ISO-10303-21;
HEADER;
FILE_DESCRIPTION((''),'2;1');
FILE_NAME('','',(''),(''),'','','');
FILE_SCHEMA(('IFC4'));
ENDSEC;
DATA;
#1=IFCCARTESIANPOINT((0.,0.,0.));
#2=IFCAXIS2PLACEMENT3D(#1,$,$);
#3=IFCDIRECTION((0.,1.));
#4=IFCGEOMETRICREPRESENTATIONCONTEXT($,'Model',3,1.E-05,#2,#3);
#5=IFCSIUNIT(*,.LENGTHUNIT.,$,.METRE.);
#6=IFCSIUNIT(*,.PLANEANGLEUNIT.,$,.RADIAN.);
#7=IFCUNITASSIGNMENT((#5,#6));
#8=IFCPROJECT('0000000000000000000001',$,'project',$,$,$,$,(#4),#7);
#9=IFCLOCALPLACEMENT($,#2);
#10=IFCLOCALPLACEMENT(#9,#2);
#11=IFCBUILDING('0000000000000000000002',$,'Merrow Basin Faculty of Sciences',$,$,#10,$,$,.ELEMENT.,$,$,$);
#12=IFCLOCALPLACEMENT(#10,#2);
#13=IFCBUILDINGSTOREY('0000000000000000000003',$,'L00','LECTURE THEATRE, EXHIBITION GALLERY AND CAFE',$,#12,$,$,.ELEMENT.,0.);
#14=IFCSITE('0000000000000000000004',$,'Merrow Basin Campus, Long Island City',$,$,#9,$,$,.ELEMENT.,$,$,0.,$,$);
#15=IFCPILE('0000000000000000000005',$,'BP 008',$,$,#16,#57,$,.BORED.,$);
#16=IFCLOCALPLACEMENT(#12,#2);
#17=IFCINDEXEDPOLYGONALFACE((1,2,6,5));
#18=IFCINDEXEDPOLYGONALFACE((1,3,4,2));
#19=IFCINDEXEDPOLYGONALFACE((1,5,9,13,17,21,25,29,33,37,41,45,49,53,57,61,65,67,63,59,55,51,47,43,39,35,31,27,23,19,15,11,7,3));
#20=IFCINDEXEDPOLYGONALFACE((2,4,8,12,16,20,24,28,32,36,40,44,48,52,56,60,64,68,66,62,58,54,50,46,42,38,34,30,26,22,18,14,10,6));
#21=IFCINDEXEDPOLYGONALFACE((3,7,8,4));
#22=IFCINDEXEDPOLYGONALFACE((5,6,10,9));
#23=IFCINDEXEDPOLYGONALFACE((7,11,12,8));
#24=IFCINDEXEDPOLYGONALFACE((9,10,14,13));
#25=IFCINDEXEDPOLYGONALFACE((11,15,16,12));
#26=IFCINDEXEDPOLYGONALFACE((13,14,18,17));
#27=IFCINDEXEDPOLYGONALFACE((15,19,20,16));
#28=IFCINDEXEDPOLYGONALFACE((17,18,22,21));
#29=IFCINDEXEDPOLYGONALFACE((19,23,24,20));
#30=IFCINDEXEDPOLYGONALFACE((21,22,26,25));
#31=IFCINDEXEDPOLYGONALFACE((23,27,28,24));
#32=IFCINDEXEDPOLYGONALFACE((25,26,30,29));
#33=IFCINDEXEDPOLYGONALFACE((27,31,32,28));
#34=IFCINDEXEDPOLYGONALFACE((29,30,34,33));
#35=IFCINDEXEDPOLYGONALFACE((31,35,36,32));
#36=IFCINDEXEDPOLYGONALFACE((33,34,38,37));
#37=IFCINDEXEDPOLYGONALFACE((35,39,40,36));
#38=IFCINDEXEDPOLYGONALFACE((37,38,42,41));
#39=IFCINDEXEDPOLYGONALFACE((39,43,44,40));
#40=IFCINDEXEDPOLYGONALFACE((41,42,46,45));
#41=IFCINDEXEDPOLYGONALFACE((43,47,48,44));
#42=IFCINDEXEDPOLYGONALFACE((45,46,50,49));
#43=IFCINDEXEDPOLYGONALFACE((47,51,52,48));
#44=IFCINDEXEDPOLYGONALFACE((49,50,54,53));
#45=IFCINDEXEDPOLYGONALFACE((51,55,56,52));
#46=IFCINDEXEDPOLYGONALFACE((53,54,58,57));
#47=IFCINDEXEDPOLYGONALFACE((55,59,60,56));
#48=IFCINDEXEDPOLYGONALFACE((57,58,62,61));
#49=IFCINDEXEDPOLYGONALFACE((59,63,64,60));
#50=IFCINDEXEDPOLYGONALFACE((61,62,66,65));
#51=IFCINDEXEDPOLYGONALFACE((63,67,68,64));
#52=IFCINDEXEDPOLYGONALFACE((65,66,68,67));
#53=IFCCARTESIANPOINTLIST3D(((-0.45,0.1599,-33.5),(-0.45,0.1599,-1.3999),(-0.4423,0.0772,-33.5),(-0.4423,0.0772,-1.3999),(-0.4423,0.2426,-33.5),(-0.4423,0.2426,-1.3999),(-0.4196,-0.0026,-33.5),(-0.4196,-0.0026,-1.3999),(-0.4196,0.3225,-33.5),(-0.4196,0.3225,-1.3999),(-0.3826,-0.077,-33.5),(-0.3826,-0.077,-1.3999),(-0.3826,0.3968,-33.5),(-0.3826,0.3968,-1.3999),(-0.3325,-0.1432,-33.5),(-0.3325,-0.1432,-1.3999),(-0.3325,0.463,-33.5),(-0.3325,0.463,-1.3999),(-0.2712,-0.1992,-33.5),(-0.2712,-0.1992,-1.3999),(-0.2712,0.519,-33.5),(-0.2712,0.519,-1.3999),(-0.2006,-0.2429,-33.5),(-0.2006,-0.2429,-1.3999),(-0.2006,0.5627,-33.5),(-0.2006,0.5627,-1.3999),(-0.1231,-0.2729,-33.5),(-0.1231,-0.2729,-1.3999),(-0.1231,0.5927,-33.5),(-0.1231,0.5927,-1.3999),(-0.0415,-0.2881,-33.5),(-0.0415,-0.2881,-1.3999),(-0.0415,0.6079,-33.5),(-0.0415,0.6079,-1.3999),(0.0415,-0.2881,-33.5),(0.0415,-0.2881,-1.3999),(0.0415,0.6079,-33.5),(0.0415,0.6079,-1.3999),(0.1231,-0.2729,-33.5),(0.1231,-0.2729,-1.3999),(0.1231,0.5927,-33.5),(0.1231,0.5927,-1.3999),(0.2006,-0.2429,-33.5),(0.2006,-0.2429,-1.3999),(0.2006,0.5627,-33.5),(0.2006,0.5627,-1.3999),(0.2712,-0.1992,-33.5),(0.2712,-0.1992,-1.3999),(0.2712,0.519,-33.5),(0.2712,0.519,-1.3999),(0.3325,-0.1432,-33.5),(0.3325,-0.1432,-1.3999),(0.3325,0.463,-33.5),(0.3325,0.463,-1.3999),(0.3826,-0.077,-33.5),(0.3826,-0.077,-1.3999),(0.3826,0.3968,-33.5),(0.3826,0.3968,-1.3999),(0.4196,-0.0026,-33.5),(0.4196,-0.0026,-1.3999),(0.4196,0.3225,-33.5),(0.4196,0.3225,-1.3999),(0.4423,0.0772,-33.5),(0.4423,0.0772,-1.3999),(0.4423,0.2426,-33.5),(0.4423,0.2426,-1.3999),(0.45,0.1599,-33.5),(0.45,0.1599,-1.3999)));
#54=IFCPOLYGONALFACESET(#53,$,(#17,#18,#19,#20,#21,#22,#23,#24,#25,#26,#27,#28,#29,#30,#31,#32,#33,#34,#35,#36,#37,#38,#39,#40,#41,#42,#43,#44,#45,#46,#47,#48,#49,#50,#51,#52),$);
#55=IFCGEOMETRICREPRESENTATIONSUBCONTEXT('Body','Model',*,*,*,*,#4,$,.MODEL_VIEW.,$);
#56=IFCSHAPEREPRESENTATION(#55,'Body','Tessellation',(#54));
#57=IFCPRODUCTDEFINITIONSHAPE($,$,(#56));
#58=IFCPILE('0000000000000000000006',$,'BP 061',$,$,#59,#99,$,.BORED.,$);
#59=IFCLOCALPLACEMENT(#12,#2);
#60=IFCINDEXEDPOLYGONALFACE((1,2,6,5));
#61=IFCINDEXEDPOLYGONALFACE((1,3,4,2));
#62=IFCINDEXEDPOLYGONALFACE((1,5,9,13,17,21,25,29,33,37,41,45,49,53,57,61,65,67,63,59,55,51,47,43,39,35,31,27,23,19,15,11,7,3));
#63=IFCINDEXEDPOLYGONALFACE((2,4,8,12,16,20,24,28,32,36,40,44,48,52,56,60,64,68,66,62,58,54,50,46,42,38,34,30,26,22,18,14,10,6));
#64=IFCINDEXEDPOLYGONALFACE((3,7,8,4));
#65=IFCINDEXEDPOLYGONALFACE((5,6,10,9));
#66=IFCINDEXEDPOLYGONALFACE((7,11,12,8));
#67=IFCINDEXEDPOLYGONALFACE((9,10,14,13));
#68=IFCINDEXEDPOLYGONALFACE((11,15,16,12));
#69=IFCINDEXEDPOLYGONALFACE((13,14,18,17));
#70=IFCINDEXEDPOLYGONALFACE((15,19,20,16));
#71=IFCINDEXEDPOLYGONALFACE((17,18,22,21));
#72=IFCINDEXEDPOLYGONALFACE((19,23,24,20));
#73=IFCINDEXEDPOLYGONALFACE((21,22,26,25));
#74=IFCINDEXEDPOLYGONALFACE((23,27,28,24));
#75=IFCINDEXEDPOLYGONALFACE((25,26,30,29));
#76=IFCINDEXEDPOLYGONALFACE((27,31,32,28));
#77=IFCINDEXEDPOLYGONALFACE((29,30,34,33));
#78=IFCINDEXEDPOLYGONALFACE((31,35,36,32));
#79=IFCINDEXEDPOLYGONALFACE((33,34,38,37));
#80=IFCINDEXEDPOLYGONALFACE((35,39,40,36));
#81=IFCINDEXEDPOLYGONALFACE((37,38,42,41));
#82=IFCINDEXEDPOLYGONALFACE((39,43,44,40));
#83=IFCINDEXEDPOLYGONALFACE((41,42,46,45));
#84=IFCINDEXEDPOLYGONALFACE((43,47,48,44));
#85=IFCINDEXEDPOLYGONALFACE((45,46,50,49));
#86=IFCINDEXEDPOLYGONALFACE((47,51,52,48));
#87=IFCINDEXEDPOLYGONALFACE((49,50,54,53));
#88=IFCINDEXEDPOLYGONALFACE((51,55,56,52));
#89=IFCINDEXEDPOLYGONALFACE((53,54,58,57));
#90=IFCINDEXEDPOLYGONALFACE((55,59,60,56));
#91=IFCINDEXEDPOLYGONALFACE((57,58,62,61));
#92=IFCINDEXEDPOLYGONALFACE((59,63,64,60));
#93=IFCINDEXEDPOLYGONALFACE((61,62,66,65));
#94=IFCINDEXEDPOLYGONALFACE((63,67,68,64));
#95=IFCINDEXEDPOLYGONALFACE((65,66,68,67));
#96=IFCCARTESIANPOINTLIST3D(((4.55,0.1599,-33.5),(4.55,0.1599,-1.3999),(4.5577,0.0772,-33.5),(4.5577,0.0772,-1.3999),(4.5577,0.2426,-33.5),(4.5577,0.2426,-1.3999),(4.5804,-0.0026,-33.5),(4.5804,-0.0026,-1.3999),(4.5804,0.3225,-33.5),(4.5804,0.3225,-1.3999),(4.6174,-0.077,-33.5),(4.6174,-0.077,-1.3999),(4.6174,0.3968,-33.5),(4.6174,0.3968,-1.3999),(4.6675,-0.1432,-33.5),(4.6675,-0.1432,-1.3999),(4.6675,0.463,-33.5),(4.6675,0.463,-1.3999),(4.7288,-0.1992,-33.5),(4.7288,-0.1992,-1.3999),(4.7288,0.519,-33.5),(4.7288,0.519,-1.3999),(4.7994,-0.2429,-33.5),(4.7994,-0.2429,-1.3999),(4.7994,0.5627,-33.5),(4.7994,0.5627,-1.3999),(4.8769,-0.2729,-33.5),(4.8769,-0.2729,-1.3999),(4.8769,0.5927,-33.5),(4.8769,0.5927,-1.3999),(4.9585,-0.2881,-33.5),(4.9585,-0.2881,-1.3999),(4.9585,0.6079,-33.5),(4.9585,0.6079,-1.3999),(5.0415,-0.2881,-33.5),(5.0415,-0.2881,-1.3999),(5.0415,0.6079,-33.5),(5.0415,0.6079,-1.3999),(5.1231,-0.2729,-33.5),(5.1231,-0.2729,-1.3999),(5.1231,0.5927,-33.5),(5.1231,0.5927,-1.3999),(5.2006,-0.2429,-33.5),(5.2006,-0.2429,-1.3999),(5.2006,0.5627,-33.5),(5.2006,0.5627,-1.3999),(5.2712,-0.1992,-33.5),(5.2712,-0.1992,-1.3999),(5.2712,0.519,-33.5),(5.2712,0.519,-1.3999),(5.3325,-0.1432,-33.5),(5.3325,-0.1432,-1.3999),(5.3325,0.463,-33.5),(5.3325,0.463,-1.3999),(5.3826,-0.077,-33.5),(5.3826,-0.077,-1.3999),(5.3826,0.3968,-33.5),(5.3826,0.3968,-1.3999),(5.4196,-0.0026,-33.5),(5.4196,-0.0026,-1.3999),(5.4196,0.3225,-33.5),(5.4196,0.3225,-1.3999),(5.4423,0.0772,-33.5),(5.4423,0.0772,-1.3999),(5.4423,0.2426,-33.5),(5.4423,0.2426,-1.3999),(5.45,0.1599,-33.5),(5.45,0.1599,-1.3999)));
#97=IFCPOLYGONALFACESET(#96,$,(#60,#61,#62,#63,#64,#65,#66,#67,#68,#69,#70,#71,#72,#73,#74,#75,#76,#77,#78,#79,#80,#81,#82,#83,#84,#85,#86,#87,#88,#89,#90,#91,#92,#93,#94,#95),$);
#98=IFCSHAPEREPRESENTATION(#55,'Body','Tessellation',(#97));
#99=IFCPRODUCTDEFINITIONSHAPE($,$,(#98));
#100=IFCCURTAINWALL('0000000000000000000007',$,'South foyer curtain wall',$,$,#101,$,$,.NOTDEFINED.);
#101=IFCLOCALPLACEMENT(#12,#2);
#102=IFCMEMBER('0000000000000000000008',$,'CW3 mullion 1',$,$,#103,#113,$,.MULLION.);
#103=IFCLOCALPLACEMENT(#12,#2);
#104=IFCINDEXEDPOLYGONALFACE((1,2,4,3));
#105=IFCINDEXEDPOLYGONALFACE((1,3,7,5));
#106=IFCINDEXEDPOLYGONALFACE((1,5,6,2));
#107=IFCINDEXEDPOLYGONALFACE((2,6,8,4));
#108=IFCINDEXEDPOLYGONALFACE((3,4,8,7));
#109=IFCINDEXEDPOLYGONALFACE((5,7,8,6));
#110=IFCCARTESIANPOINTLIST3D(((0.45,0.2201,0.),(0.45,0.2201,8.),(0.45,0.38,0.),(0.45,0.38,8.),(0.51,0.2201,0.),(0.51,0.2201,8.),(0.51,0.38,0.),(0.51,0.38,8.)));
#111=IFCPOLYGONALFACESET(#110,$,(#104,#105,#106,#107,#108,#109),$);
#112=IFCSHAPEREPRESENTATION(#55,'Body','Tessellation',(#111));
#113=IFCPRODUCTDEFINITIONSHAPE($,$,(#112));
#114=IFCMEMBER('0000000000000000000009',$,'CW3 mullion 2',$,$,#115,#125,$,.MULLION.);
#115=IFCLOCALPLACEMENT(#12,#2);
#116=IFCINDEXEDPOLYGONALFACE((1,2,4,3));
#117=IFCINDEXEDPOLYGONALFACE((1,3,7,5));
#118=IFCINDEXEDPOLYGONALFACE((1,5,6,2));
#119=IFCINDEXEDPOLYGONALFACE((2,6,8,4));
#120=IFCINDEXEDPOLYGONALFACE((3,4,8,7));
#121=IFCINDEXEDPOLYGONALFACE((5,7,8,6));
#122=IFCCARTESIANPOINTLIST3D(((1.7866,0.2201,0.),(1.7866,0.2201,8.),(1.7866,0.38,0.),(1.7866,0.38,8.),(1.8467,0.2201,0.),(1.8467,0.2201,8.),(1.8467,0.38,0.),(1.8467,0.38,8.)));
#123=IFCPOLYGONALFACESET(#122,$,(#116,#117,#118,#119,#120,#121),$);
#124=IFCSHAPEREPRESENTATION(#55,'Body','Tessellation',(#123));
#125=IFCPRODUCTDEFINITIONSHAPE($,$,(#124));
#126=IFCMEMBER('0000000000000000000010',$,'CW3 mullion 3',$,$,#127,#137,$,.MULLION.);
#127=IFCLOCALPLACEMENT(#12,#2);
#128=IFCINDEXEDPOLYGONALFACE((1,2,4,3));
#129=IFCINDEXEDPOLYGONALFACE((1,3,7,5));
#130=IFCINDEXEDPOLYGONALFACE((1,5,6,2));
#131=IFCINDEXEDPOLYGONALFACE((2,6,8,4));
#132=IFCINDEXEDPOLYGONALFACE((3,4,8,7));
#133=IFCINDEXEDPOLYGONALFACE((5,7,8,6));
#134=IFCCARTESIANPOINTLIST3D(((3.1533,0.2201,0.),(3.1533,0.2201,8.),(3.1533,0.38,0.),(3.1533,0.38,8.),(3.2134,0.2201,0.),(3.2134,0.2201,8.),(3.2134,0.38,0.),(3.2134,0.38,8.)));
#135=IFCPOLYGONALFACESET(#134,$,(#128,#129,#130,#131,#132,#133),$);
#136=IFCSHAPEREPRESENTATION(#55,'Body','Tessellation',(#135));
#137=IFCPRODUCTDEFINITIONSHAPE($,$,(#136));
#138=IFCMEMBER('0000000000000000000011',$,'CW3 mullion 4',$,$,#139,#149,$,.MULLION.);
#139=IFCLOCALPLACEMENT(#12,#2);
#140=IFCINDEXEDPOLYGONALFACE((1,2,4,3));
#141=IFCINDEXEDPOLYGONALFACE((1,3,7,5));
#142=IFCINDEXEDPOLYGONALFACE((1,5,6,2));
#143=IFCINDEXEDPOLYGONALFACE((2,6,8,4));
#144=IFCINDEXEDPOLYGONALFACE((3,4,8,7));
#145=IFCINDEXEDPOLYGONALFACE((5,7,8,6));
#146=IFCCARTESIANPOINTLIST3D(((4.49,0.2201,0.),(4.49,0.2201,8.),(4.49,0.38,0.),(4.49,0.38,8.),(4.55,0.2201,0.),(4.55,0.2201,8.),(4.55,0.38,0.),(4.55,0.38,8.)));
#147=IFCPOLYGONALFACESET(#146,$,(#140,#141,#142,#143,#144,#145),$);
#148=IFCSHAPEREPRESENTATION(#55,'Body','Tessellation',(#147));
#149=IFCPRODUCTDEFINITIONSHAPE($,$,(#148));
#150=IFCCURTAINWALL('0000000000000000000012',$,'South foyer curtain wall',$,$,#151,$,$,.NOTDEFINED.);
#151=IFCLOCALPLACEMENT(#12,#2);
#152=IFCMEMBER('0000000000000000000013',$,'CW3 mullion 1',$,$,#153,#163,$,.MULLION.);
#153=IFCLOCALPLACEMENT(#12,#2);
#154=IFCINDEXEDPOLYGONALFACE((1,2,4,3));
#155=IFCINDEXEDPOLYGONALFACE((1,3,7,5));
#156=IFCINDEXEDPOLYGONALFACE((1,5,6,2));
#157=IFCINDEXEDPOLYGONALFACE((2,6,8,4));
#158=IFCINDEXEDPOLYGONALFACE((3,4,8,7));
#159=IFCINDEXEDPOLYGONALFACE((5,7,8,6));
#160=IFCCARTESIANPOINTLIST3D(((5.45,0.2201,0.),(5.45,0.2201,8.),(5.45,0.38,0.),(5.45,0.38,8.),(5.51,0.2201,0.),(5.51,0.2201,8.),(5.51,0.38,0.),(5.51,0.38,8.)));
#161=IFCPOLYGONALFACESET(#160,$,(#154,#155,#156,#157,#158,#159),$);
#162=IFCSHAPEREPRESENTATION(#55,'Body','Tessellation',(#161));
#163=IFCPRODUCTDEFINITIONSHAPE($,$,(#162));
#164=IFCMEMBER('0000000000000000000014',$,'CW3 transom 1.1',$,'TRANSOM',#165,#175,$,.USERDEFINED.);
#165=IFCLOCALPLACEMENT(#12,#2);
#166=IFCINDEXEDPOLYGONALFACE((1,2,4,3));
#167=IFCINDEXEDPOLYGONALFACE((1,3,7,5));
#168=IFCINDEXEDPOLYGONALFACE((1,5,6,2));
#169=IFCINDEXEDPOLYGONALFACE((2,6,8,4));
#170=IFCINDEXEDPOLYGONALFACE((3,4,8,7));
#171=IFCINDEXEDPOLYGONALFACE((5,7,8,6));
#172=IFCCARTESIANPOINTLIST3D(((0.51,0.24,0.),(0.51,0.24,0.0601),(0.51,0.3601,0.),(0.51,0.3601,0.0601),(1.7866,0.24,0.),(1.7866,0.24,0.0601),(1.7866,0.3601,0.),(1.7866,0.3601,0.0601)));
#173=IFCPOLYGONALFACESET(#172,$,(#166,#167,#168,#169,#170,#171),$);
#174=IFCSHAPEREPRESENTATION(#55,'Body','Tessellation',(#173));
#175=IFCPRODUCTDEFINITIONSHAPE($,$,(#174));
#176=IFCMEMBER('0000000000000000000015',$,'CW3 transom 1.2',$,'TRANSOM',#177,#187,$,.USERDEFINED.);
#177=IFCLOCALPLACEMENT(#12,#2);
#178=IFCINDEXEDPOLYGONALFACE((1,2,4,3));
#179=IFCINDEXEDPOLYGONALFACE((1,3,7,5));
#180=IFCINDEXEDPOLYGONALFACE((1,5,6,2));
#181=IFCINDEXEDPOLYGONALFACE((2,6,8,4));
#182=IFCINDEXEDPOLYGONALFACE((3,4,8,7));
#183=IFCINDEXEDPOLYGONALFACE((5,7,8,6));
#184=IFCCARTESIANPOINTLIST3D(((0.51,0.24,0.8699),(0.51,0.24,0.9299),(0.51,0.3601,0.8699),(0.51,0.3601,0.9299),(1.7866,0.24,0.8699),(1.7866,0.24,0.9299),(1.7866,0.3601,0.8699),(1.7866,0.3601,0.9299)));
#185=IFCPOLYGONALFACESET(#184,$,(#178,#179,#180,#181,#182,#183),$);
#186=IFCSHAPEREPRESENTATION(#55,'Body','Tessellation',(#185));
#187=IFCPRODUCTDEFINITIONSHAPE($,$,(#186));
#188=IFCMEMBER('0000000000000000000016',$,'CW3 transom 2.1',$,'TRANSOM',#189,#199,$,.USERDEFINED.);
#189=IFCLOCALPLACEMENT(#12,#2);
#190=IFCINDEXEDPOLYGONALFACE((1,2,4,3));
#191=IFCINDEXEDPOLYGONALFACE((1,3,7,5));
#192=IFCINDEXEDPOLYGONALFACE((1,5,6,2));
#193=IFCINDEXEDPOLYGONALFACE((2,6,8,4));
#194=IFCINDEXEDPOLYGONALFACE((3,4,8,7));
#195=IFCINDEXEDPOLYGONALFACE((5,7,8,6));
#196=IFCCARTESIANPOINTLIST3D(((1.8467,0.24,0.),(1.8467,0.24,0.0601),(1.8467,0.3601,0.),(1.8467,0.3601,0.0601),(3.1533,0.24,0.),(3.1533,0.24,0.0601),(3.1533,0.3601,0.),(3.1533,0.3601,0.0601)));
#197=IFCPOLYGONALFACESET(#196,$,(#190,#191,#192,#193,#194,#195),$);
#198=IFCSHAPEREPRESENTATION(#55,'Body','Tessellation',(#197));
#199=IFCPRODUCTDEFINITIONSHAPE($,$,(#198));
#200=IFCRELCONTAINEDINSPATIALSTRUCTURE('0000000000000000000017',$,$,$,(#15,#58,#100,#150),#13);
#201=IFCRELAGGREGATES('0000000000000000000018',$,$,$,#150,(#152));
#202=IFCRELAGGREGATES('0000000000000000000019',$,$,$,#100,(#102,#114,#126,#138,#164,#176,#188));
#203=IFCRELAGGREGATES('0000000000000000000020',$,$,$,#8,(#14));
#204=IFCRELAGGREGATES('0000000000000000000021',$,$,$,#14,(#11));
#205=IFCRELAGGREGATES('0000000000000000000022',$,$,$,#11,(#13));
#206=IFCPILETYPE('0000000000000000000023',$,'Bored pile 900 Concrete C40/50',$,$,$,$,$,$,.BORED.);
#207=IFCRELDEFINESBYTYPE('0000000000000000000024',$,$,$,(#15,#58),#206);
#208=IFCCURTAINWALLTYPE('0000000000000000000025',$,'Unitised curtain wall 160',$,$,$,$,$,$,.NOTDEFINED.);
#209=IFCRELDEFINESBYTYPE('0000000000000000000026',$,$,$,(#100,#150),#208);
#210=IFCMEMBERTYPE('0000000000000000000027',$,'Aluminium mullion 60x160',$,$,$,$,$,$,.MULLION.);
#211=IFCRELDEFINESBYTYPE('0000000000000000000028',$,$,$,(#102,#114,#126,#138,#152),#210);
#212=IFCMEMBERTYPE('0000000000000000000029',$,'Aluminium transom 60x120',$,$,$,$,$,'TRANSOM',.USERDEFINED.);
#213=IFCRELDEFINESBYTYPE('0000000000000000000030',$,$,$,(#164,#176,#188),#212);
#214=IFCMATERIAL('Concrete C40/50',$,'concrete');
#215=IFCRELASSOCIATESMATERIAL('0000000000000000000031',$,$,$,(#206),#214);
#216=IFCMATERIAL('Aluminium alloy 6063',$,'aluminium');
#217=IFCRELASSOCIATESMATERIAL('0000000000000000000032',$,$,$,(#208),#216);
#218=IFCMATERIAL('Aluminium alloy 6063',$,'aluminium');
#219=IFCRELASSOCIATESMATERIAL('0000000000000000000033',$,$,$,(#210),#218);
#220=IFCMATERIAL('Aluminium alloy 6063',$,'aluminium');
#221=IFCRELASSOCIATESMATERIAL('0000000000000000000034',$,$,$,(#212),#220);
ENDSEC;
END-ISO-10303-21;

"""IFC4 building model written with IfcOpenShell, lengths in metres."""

from ifc_helpers import new_model, si_unit, direction, frame, origin, origin_2d, place, context, subcontext, project, spatial, rectangle, circle, extrude, material, material_profile, profile_set, type_object, element, aggregate, save


model = new_model("IFC4")

# Units and contexts
model_context = context("Model", 3, precision=1e-05, world=origin(), true_north=direction((0.0, 1.0)))
body_context = subcontext(model_context, "Body", "Model", "MODEL_VIEW")
ifc_project = project(units=[si_unit("LENGTHUNIT", "METRE"), si_unit("PLANEANGLEUNIT", "RADIAN")], contexts=[model_context])

# Site, building, storey
site_placement = place(None, origin())
site = spatial("IfcSite", under=ifc_project, at=site_placement, Name="Merrow Basin Campus, Long Island City", CompositionType="ELEMENT", RefElevation=0.0)
building_placement = place(site_placement, origin())
building = spatial("IfcBuilding", under=site, at=building_placement, Name="Merrow Basin Faculty of Sciences", CompositionType="ELEMENT")
storey_placement = place(building_placement, origin())
storey = spatial("IfcBuildingStorey", under=building, at=storey_placement, Name="L00", Description="LECTURE THEATRE, EXHIBITION GALLERY AND CAFE", CompositionType="ELEMENT", Elevation=0.0)

# Piles
ifc_material_1 = material(Name="Concrete C40/50", Category="concrete")
ifc_material_profile_1 = material_profile(ifc_material_1, circle(Radius=0.45, at=origin_2d()))
ifc_profile_set_1 = profile_set([ifc_material_profile_1], Name="Concrete C40/50")
pile_type = type_object("IfcPileType", Name="Bored pile 900 Concrete C40/50", PredefinedType="BORED", material=ifc_profile_set_1)
for number, where, z_axis, x_axis, name in (
    (1, (0.0, 0.1599, -1.3999), (0.0, 0.0, -1.0), (1.0, 0.0, 0.0), "BP 008"),
    (2, (5.0, 0.1599, -1.3999), (0.0, 0.0, -1.0), (1.0, 0.0, 0.0), "BP 061"),
):
    element("IfcPile", number, at=place(storey_placement, frame(where, z_axis=z_axis, x_axis=x_axis)), inside=storey, type_object=pile_type, Name=name, PredefinedType="BORED", context=body_context, shape_type="SweptSolid", body=[
        extrude(circle(Radius=0.45, at=origin_2d()), origin(), (0.0, 0.0, 1.0), 32.1001),
    ])

# Curtain wall, members
ifc_material_2 = material(Name="Aluminium alloy 6063", Category="aluminium")
curtain_wall_type = type_object("IfcCurtainWallType", Name="Unitised curtain wall 160", PredefinedType="NOTDEFINED", material=ifc_material_2)
curtain_wall_1_placement = place(storey_placement, origin())
curtain_wall_1 = element("IfcCurtainWall", 3, at=curtain_wall_1_placement, inside=storey, type_object=curtain_wall_type, Name="South foyer curtain wall", PredefinedType="NOTDEFINED")
ifc_material_3 = material(Name="Aluminium alloy 6063", Category="aluminium")
ifc_material_profile_2 = material_profile(ifc_material_3, rectangle(XDim=0.1599, YDim=0.0601, at=origin_2d()))
ifc_profile_set_2 = profile_set([ifc_material_profile_2], Name="Aluminium alloy 6063")
member_type_1 = type_object("IfcMemberType", Name="Aluminium mullion 60x160", PredefinedType="MULLION", material=ifc_profile_set_2)
member_1_placement = place(storey_placement, frame((0.48, 0.3, 0.0), z_axis=(0.0, 0.0, 1.0), x_axis=(0.0, 1.0, 0.0)))
member_1 = element("IfcMember", 4, at=member_1_placement, type_object=member_type_1, Name="CW3 mullion 1", PredefinedType="MULLION", context=body_context, shape_type="SweptSolid", body=[
    extrude(rectangle(XDim=0.1599, YDim=0.0601, at=origin_2d()), origin(), (0.0, 0.0, 1.0), 8.0),
])
member_2_placement = place(storey_placement, frame((1.8167, 0.3, 0.0), z_axis=(0.0, 0.0, 1.0), x_axis=(0.0, 1.0, 0.0)))
member_2 = element("IfcMember", 5, at=member_2_placement, type_object=member_type_1, Name="CW3 mullion 2", PredefinedType="MULLION", context=body_context, shape_type="SweptSolid", body=[
    extrude(rectangle(XDim=0.1599, YDim=0.0601, at=origin_2d()), origin(), (0.0, 0.0, 1.0), 8.0),
])
member_3_placement = place(storey_placement, frame((3.1833, 0.3, 0.0), z_axis=(0.0, 0.0, 1.0), x_axis=(0.0, 1.0, 0.0)))
member_3 = element("IfcMember", 6, at=member_3_placement, type_object=member_type_1, Name="CW3 mullion 3", PredefinedType="MULLION", context=body_context, shape_type="SweptSolid", body=[
    extrude(rectangle(XDim=0.1599, YDim=0.0601, at=origin_2d()), origin(), (0.0, 0.0, 1.0), 8.0),
])
member_4_placement = place(storey_placement, frame((4.52, 0.3, 0.0), z_axis=(0.0, 0.0, 1.0), x_axis=(0.0, 1.0, 0.0)))
member_4 = element("IfcMember", 7, at=member_4_placement, type_object=member_type_1, Name="CW3 mullion 4", PredefinedType="MULLION", context=body_context, shape_type="SweptSolid", body=[
    extrude(rectangle(XDim=0.1599, YDim=0.0601, at=origin_2d()), origin(), (0.0, 0.0, 1.0), 8.0),
])

# Curtain wall, member
curtain_wall_2_placement = place(storey_placement, origin())
curtain_wall_2 = element("IfcCurtainWall", 8, at=curtain_wall_2_placement, inside=storey, type_object=curtain_wall_type, Name="South foyer curtain wall", PredefinedType="NOTDEFINED")
member_5_placement = place(storey_placement, frame((5.48, 0.3, 0.0), z_axis=(0.0, 0.0, 1.0), x_axis=(0.0, 1.0, 0.0)))
member_5 = element("IfcMember", 9, at=member_5_placement, type_object=member_type_1, Name="CW3 mullion 1", PredefinedType="MULLION", context=body_context, shape_type="SweptSolid", body=[
    extrude(rectangle(XDim=0.1599, YDim=0.0601, at=origin_2d()), origin(), (0.0, 0.0, 1.0), 8.0),
])

# Members
ifc_material_4 = material(Name="Aluminium alloy 6063", Category="aluminium")
ifc_material_profile_3 = material_profile(ifc_material_4, rectangle(XDim=0.1201, YDim=0.0601, at=origin_2d()))
ifc_profile_set_3 = profile_set([ifc_material_profile_3], Name="Aluminium alloy 6063")
member_type_2 = type_object("IfcMemberType", Name="Aluminium transom 60x120", ElementType="TRANSOM", PredefinedType="USERDEFINED", material=ifc_profile_set_3)
member_6_placement = place(storey_placement, frame((0.51, 0.3, 0.03), z_axis=(1.0, 0.0, 0.0), x_axis=(0.0, 1.0, 0.0)))
member_6 = element("IfcMember", 10, at=member_6_placement, type_object=member_type_2, Name="CW3 transom 1.1", ObjectType="TRANSOM", PredefinedType="USERDEFINED", context=body_context, shape_type="SweptSolid", body=[
    extrude(rectangle(XDim=0.1201, YDim=0.0601, at=origin_2d()), origin(), (0.0, 0.0, 1.0), 1.2766),
])
member_7_placement = place(storey_placement, frame((0.51, 0.3, 0.8999), z_axis=(1.0, 0.0, 0.0), x_axis=(0.0, 1.0, 0.0)))
member_7 = element("IfcMember", 11, at=member_7_placement, type_object=member_type_2, Name="CW3 transom 1.2", ObjectType="TRANSOM", PredefinedType="USERDEFINED", context=body_context, shape_type="SweptSolid", body=[
    extrude(rectangle(XDim=0.1201, YDim=0.0601, at=origin_2d()), origin(), (0.0, 0.0, 1.0), 1.2766),
])
member_8_placement = place(storey_placement, frame((1.8467, 0.3, 0.03), z_axis=(1.0, 0.0, 0.0), x_axis=(0.0, 1.0, 0.0)))
member_8 = element("IfcMember", 12, at=member_8_placement, type_object=member_type_2, Name="CW3 transom 2.1", ObjectType="TRANSOM", PredefinedType="USERDEFINED", context=body_context, shape_type="SweptSolid", body=[
    extrude(rectangle(XDim=0.1201, YDim=0.0601, at=origin_2d()), origin(), (0.0, 0.0, 1.0), 1.3066),
])
aggregate(curtain_wall_2, [member_5])

aggregate(curtain_wall_1, [member_1, member_2, member_3, member_4, member_6, member_7, member_8])

save(model, "model.ifc")
